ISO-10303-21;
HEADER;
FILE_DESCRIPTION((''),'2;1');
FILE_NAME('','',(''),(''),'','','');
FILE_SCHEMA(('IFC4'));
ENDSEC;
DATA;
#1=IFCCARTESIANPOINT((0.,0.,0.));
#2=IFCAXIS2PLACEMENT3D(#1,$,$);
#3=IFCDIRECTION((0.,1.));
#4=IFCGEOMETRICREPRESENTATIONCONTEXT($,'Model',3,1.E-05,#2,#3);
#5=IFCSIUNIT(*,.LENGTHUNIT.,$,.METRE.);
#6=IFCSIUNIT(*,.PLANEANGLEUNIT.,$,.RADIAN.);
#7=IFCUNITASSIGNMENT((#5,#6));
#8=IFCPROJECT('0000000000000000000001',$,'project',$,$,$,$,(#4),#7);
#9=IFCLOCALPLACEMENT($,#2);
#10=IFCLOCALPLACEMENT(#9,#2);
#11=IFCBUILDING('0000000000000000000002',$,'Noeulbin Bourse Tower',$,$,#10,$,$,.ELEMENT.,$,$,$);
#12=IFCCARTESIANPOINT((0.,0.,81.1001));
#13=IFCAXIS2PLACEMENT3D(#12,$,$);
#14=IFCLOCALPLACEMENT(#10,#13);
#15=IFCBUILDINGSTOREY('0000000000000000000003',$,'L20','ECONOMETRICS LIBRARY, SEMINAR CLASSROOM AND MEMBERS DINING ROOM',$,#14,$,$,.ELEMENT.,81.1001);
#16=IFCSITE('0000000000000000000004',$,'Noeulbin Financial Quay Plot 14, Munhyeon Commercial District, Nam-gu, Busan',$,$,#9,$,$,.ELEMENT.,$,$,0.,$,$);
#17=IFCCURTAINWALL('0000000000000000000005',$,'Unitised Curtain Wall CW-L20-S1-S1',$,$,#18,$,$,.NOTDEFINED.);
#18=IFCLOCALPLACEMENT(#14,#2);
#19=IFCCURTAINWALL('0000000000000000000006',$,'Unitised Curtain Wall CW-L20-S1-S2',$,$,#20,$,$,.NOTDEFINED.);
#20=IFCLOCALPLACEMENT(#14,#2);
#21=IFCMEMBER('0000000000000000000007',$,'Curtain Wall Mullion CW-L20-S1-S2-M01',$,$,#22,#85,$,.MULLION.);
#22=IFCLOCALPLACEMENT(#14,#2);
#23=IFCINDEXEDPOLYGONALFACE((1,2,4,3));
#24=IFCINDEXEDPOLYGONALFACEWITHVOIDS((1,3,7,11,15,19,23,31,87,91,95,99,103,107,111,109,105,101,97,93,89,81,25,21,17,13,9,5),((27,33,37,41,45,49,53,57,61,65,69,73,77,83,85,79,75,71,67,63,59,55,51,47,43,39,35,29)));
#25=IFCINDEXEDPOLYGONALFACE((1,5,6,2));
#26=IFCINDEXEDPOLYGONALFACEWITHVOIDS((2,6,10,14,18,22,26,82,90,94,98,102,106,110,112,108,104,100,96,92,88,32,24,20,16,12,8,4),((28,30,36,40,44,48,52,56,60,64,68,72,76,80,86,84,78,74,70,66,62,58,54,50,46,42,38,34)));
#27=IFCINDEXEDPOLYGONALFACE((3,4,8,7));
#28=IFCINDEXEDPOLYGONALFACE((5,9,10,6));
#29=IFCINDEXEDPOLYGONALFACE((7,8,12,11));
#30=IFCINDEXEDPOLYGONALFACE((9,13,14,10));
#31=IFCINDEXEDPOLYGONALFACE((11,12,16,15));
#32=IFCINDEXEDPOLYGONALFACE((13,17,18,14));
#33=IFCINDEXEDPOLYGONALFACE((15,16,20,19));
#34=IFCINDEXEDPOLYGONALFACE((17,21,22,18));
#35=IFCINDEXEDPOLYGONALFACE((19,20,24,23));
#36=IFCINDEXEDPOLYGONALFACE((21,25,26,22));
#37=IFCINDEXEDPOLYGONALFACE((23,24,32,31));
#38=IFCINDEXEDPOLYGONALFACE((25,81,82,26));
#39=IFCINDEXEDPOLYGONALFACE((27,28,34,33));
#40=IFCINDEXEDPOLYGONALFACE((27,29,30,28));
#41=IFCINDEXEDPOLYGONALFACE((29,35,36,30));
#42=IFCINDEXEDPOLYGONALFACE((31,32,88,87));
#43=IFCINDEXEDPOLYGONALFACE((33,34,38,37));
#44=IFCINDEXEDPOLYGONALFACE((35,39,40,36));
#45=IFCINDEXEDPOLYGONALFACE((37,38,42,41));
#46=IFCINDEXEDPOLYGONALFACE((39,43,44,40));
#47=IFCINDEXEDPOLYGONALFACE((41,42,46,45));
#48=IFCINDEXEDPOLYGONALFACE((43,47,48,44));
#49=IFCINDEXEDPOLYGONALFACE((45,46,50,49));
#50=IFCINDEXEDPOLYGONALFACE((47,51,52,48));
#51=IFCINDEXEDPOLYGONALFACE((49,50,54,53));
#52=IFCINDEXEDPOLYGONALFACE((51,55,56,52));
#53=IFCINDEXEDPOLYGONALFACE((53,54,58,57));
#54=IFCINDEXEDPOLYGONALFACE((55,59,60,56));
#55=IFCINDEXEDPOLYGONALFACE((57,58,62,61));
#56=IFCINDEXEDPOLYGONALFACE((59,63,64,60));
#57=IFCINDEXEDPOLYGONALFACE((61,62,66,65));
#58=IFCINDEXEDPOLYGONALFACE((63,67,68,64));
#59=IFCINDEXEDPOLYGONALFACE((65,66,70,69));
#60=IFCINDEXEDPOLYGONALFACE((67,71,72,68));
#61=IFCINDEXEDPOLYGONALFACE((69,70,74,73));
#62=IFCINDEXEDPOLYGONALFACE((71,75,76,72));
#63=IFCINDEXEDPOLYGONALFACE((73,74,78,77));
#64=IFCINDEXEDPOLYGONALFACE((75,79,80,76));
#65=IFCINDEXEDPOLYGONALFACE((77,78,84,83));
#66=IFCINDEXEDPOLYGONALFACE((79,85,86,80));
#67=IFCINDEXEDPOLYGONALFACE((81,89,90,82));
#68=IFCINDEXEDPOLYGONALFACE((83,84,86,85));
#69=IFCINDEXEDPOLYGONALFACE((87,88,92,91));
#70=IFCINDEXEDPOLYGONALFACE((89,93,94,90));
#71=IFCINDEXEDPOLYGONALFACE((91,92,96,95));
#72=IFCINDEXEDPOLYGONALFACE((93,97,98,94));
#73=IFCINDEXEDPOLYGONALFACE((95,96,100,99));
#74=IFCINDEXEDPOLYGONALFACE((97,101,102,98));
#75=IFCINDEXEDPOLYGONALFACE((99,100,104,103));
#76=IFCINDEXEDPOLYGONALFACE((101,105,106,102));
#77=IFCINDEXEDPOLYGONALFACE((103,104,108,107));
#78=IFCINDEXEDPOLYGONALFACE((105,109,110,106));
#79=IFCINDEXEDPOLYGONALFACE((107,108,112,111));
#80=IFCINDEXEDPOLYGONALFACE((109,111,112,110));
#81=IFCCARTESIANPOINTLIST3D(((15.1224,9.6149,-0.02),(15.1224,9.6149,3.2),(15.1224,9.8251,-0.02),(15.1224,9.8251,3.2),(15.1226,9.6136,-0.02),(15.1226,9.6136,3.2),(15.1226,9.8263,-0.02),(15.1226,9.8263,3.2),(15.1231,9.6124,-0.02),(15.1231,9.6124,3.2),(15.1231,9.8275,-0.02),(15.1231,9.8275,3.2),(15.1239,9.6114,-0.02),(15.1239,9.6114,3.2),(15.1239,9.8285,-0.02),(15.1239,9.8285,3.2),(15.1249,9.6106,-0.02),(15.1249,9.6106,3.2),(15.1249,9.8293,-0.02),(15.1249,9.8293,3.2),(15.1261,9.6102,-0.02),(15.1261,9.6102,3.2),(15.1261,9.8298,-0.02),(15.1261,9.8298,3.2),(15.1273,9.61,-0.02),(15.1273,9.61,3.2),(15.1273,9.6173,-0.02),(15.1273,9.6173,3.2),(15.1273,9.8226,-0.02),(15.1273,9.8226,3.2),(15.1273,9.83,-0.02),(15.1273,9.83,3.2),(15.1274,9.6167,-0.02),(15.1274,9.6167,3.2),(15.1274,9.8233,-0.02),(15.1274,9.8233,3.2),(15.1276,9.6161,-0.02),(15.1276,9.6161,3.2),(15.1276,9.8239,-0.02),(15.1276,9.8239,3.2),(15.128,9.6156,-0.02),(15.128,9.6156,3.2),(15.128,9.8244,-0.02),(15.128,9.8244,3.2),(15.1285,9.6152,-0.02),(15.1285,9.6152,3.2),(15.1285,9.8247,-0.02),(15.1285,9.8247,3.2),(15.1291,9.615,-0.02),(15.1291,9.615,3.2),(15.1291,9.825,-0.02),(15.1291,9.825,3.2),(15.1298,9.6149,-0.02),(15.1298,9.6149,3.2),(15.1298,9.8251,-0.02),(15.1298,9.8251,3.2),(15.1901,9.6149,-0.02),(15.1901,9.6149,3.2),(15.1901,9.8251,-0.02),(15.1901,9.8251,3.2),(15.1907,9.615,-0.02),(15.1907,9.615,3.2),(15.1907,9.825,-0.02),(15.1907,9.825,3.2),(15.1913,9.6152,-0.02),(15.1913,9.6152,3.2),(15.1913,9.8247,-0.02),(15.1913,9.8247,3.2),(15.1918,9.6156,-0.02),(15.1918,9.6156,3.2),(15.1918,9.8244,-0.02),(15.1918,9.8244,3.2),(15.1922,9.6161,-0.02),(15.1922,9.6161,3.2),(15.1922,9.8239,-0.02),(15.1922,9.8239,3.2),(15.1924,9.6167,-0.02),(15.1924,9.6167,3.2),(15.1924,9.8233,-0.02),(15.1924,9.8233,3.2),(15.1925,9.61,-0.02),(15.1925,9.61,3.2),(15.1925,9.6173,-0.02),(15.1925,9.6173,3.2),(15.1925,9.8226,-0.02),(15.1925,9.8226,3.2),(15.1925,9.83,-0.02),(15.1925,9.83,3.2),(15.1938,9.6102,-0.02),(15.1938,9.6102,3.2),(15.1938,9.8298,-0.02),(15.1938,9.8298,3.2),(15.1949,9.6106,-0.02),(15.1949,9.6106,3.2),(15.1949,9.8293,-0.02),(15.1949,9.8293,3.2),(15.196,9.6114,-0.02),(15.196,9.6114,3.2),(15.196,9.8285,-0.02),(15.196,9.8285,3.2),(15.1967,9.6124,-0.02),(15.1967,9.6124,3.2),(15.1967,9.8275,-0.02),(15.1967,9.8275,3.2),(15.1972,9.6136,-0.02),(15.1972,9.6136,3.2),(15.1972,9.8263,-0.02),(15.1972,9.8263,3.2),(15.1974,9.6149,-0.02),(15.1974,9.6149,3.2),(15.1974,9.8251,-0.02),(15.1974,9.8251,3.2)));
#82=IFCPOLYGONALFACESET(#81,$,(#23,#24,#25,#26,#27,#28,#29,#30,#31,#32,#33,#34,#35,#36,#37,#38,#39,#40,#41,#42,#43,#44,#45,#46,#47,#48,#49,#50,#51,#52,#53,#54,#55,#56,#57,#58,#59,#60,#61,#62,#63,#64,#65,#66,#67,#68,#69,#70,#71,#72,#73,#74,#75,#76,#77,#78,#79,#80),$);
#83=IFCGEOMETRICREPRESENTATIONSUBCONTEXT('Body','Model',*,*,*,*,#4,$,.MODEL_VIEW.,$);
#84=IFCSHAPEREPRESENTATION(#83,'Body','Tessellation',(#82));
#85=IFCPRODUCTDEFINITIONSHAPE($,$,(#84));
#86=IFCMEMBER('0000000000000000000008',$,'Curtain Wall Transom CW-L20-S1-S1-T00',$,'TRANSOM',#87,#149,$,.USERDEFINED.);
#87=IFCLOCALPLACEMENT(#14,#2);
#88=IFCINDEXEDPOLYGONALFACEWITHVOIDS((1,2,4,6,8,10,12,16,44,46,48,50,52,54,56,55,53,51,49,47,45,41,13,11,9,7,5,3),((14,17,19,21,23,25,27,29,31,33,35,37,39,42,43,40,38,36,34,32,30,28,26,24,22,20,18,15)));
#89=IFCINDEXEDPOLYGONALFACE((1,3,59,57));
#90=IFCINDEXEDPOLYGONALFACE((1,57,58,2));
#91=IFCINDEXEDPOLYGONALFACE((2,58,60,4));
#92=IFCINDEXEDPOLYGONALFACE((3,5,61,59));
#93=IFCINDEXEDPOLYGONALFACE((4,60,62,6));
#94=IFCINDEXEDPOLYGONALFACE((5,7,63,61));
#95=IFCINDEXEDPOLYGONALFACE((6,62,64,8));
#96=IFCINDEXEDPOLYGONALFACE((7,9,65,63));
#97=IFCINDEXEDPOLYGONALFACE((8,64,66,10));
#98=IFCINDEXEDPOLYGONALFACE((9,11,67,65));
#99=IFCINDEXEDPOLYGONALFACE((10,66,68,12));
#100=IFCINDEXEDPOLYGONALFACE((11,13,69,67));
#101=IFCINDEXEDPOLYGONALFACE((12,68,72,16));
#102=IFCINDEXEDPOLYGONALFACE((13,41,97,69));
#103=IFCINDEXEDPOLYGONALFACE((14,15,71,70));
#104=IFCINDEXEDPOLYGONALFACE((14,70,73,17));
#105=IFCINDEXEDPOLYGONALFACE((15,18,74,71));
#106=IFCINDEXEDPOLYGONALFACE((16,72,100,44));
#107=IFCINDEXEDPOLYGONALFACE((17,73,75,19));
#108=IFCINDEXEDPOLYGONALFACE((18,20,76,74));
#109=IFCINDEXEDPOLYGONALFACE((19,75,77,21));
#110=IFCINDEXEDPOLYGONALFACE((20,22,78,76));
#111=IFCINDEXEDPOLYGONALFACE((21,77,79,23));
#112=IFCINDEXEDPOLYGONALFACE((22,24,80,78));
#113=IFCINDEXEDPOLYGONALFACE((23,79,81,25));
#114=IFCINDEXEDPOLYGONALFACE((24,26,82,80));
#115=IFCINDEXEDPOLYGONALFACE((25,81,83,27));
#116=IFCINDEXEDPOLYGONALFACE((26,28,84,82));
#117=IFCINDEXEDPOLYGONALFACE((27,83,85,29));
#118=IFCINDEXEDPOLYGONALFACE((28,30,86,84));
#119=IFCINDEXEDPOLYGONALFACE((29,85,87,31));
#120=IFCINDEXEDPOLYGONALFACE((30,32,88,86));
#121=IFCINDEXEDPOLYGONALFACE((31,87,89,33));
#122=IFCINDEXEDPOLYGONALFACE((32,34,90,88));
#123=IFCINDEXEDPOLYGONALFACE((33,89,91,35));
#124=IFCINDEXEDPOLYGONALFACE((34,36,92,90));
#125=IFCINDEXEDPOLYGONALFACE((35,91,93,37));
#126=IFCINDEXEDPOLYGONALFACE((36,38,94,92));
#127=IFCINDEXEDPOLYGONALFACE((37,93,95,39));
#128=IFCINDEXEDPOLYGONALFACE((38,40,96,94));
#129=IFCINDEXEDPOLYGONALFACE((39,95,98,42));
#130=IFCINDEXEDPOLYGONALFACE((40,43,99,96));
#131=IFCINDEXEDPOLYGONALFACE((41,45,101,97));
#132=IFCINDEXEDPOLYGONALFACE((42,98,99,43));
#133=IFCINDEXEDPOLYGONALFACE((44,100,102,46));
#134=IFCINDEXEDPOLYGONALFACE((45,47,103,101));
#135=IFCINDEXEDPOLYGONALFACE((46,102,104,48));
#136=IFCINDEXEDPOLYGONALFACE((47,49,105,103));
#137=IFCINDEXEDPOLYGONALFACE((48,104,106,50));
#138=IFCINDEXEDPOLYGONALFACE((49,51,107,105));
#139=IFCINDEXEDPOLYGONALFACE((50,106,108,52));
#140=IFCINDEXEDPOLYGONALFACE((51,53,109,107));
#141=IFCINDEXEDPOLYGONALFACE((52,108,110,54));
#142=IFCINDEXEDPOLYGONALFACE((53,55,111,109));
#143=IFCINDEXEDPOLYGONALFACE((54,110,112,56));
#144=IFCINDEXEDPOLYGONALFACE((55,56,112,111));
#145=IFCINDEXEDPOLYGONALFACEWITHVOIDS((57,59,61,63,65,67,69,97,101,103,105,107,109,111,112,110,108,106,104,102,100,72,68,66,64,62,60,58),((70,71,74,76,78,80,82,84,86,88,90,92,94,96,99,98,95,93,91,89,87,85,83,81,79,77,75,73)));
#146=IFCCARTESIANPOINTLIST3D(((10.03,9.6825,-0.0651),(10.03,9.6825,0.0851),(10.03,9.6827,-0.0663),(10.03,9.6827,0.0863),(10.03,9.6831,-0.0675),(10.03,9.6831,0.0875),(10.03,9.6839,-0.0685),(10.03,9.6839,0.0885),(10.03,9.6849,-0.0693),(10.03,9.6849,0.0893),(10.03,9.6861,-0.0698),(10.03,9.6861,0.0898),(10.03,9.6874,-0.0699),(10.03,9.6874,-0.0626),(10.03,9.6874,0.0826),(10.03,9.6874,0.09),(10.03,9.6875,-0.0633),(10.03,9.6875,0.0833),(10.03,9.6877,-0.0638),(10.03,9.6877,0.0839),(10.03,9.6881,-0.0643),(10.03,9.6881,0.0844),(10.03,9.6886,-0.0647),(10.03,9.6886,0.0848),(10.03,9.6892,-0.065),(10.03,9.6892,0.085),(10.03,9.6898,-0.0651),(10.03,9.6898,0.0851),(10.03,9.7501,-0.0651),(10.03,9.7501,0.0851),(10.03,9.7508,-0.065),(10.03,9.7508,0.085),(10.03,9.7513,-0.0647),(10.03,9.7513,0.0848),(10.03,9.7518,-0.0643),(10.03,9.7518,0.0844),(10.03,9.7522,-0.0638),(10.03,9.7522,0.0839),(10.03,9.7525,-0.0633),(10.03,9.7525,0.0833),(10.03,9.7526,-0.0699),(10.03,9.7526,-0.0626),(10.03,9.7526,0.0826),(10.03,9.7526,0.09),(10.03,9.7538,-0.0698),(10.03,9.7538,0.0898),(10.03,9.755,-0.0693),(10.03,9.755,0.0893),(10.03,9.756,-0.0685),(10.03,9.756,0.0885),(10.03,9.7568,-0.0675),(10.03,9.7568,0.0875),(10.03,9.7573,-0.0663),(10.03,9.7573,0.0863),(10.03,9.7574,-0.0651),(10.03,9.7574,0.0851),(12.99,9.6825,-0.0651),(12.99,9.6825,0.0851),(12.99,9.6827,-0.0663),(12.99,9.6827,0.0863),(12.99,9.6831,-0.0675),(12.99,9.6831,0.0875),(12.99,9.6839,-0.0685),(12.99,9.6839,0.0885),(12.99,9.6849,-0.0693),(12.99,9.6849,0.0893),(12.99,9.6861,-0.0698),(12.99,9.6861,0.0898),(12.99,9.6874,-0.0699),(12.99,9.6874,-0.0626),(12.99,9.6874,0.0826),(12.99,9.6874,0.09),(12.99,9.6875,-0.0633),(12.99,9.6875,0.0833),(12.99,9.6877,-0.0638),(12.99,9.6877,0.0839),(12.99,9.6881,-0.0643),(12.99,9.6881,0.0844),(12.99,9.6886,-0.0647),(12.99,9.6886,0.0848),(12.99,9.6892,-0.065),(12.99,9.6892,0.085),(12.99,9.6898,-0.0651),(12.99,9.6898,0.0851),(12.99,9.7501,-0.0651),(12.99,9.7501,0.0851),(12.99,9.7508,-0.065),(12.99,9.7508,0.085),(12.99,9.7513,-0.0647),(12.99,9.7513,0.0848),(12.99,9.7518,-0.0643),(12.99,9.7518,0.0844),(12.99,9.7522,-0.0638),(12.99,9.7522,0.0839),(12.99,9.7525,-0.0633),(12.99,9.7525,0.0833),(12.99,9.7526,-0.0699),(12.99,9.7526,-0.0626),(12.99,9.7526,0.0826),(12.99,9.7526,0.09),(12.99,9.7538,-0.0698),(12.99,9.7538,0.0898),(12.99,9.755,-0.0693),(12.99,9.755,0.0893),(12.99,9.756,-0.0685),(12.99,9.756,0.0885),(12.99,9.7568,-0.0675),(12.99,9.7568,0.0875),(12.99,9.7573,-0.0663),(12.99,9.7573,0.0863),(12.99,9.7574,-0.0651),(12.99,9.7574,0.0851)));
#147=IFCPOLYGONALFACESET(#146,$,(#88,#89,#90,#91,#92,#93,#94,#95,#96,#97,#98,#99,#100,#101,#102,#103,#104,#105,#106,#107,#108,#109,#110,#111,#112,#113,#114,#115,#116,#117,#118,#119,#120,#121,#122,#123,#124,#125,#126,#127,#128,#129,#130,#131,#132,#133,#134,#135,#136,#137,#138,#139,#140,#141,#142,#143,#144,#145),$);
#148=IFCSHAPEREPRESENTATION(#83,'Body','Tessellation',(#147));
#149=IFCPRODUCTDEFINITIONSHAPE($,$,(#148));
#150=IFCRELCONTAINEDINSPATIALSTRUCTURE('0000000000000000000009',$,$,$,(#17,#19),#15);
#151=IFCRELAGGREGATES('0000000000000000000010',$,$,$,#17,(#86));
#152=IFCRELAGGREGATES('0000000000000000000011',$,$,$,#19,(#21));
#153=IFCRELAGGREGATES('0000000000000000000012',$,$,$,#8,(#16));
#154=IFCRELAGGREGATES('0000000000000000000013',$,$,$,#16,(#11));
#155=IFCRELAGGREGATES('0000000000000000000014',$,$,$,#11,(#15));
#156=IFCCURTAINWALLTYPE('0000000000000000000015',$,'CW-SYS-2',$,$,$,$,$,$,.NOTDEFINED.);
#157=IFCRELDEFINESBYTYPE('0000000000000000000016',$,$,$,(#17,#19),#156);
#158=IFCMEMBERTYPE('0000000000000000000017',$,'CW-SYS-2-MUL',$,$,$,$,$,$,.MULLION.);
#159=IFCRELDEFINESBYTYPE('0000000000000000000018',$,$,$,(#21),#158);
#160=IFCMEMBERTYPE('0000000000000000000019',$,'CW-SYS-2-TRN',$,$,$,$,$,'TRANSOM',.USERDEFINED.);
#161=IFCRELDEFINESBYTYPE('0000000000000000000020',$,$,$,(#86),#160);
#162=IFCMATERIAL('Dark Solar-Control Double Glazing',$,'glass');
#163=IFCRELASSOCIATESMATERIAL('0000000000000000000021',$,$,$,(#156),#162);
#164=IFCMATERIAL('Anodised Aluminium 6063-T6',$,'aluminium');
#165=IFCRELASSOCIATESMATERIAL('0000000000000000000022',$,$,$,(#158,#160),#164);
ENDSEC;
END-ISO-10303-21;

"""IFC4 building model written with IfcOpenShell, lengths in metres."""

from ifc_helpers import new_model, si_unit, direction, frame, origin, origin_2d, place, context, subcontext, project, spatial, hollow_rectangle, extrude, material, material_profile, profile_set, type_object, element, aggregate, save


model = new_model("IFC4")

# Units and contexts
model_context = context("Model", 3, precision=1e-05, world=origin(), true_north=direction((0.0, 1.0)))
body_context = subcontext(model_context, "Body", "Model", "MODEL_VIEW")
ifc_project = project(units=[si_unit("LENGTHUNIT", "METRE"), si_unit("PLANEANGLEUNIT", "RADIAN")], contexts=[model_context])

# Site, building, storey
site_placement = place(None, origin())
site = spatial("IfcSite", under=ifc_project, at=site_placement, Name="Noeulbin Financial Quay Plot 14, Munhyeon Commercial District, Nam-gu, Busan", CompositionType="ELEMENT", RefElevation=0.0)
building_placement = place(site_placement, origin())
building = spatial("IfcBuilding", under=site, at=building_placement, Name="Noeulbin Bourse Tower", CompositionType="ELEMENT")
storey_placement = place(building_placement, frame((0.0, 0.0, 81.1001)))
storey = spatial("IfcBuildingStorey", under=building, at=storey_placement, Name="L20", Description="ECONOMETRICS LIBRARY, SEMINAR CLASSROOM AND MEMBERS DINING ROOM", CompositionType="ELEMENT", Elevation=81.1001)

# Curtain walls, member
ifc_material_1 = material(Name="Dark Solar-Control Double Glazing", Category="glass")
curtain_wall_type = type_object("IfcCurtainWallType", Name="CW-SYS-2", PredefinedType="NOTDEFINED", material=ifc_material_1)
curtain_wall_1_placement = place(storey_placement, origin())
curtain_wall_1 = element("IfcCurtainWall", 1, at=curtain_wall_1_placement, inside=storey, type_object=curtain_wall_type, Name="Unitised Curtain Wall CW-L20-S1-S1", PredefinedType="NOTDEFINED")
ifc_material_2 = material(Name="Anodised Aluminium 6063-T6", Category="aluminium")
ifc_material_profile_1 = material_profile(ifc_material_2, hollow_rectangle(XDim=0.075, YDim=0.22, WallThickness=0.0049, InnerFilletRadius=0.0024, OuterFilletRadius=0.0049, at=origin_2d()), Name="ALU-MULL-75x220x5", Category="LoadBearing")
ifc_profile_set_1 = profile_set([ifc_material_profile_1], Name="Anodised Aluminium 6063-T6")
member_type_1 = type_object("IfcMemberType", Name="CW-SYS-2-MUL", PredefinedType="MULLION", material=ifc_profile_set_1)
curtain_wall_2_placement = place(storey_placement, origin())
curtain_wall_2 = element("IfcCurtainWall", 2, at=curtain_wall_2_placement, inside=storey, type_object=curtain_wall_type, Name="Unitised Curtain Wall CW-L20-S1-S2", PredefinedType="NOTDEFINED")
member_1_placement = place(storey_placement, frame((15.1599, 9.72, -0.02), z_axis=(0.0, 0.0, 1.0), x_axis=(1.0, 0.0, 0.0)))
member_1 = element("IfcMember", 3, at=member_1_placement, type_object=member_type_1, Name="Curtain Wall Mullion CW-L20-S1-S2-M01", PredefinedType="MULLION", context=body_context, shape_type="SweptSolid", body=[
    extrude(hollow_rectangle(XDim=0.075, YDim=0.22, WallThickness=0.0049, InnerFilletRadius=0.0024, OuterFilletRadius=0.0049, at=origin_2d()), origin(), (0.0, 0.0, 1.0), 3.22),
])

# Member
ifc_material_profile_2 = material_profile(ifc_material_2, hollow_rectangle(XDim=0.075, YDim=0.1599, WallThickness=0.0049, InnerFilletRadius=0.0024, OuterFilletRadius=0.0049, at=origin_2d()), Name="ALU-TRAN-75x160x5", Category="LoadBearing")
ifc_profile_set_2 = profile_set([ifc_material_profile_2], Name="Anodised Aluminium 6063-T6")
member_type_2 = type_object("IfcMemberType", Name="CW-SYS-2-TRN", ElementType="TRANSOM", PredefinedType="USERDEFINED", material=ifc_profile_set_2)
member_2_placement = place(storey_placement, frame((10.03, 9.72, 0.01), z_axis=(1.0, 0.0, 0.0), x_axis=(0.0, 1.0, 0.0)))
member_2 = element("IfcMember", 4, at=member_2_placement, type_object=member_type_2, Name="Curtain Wall Transom CW-L20-S1-S1-T00", ObjectType="TRANSOM", PredefinedType="USERDEFINED", context=body_context, shape_type="SweptSolid", body=[
    extrude(hollow_rectangle(XDim=0.075, YDim=0.1599, WallThickness=0.0049, InnerFilletRadius=0.0024, OuterFilletRadius=0.0049, at=origin_2d()), origin(), (0.0, 0.0, 1.0), 2.96),
])

aggregate(curtain_wall_1, [member_2])
aggregate(curtain_wall_2, [member_1])

save(model, "model.ifc")
